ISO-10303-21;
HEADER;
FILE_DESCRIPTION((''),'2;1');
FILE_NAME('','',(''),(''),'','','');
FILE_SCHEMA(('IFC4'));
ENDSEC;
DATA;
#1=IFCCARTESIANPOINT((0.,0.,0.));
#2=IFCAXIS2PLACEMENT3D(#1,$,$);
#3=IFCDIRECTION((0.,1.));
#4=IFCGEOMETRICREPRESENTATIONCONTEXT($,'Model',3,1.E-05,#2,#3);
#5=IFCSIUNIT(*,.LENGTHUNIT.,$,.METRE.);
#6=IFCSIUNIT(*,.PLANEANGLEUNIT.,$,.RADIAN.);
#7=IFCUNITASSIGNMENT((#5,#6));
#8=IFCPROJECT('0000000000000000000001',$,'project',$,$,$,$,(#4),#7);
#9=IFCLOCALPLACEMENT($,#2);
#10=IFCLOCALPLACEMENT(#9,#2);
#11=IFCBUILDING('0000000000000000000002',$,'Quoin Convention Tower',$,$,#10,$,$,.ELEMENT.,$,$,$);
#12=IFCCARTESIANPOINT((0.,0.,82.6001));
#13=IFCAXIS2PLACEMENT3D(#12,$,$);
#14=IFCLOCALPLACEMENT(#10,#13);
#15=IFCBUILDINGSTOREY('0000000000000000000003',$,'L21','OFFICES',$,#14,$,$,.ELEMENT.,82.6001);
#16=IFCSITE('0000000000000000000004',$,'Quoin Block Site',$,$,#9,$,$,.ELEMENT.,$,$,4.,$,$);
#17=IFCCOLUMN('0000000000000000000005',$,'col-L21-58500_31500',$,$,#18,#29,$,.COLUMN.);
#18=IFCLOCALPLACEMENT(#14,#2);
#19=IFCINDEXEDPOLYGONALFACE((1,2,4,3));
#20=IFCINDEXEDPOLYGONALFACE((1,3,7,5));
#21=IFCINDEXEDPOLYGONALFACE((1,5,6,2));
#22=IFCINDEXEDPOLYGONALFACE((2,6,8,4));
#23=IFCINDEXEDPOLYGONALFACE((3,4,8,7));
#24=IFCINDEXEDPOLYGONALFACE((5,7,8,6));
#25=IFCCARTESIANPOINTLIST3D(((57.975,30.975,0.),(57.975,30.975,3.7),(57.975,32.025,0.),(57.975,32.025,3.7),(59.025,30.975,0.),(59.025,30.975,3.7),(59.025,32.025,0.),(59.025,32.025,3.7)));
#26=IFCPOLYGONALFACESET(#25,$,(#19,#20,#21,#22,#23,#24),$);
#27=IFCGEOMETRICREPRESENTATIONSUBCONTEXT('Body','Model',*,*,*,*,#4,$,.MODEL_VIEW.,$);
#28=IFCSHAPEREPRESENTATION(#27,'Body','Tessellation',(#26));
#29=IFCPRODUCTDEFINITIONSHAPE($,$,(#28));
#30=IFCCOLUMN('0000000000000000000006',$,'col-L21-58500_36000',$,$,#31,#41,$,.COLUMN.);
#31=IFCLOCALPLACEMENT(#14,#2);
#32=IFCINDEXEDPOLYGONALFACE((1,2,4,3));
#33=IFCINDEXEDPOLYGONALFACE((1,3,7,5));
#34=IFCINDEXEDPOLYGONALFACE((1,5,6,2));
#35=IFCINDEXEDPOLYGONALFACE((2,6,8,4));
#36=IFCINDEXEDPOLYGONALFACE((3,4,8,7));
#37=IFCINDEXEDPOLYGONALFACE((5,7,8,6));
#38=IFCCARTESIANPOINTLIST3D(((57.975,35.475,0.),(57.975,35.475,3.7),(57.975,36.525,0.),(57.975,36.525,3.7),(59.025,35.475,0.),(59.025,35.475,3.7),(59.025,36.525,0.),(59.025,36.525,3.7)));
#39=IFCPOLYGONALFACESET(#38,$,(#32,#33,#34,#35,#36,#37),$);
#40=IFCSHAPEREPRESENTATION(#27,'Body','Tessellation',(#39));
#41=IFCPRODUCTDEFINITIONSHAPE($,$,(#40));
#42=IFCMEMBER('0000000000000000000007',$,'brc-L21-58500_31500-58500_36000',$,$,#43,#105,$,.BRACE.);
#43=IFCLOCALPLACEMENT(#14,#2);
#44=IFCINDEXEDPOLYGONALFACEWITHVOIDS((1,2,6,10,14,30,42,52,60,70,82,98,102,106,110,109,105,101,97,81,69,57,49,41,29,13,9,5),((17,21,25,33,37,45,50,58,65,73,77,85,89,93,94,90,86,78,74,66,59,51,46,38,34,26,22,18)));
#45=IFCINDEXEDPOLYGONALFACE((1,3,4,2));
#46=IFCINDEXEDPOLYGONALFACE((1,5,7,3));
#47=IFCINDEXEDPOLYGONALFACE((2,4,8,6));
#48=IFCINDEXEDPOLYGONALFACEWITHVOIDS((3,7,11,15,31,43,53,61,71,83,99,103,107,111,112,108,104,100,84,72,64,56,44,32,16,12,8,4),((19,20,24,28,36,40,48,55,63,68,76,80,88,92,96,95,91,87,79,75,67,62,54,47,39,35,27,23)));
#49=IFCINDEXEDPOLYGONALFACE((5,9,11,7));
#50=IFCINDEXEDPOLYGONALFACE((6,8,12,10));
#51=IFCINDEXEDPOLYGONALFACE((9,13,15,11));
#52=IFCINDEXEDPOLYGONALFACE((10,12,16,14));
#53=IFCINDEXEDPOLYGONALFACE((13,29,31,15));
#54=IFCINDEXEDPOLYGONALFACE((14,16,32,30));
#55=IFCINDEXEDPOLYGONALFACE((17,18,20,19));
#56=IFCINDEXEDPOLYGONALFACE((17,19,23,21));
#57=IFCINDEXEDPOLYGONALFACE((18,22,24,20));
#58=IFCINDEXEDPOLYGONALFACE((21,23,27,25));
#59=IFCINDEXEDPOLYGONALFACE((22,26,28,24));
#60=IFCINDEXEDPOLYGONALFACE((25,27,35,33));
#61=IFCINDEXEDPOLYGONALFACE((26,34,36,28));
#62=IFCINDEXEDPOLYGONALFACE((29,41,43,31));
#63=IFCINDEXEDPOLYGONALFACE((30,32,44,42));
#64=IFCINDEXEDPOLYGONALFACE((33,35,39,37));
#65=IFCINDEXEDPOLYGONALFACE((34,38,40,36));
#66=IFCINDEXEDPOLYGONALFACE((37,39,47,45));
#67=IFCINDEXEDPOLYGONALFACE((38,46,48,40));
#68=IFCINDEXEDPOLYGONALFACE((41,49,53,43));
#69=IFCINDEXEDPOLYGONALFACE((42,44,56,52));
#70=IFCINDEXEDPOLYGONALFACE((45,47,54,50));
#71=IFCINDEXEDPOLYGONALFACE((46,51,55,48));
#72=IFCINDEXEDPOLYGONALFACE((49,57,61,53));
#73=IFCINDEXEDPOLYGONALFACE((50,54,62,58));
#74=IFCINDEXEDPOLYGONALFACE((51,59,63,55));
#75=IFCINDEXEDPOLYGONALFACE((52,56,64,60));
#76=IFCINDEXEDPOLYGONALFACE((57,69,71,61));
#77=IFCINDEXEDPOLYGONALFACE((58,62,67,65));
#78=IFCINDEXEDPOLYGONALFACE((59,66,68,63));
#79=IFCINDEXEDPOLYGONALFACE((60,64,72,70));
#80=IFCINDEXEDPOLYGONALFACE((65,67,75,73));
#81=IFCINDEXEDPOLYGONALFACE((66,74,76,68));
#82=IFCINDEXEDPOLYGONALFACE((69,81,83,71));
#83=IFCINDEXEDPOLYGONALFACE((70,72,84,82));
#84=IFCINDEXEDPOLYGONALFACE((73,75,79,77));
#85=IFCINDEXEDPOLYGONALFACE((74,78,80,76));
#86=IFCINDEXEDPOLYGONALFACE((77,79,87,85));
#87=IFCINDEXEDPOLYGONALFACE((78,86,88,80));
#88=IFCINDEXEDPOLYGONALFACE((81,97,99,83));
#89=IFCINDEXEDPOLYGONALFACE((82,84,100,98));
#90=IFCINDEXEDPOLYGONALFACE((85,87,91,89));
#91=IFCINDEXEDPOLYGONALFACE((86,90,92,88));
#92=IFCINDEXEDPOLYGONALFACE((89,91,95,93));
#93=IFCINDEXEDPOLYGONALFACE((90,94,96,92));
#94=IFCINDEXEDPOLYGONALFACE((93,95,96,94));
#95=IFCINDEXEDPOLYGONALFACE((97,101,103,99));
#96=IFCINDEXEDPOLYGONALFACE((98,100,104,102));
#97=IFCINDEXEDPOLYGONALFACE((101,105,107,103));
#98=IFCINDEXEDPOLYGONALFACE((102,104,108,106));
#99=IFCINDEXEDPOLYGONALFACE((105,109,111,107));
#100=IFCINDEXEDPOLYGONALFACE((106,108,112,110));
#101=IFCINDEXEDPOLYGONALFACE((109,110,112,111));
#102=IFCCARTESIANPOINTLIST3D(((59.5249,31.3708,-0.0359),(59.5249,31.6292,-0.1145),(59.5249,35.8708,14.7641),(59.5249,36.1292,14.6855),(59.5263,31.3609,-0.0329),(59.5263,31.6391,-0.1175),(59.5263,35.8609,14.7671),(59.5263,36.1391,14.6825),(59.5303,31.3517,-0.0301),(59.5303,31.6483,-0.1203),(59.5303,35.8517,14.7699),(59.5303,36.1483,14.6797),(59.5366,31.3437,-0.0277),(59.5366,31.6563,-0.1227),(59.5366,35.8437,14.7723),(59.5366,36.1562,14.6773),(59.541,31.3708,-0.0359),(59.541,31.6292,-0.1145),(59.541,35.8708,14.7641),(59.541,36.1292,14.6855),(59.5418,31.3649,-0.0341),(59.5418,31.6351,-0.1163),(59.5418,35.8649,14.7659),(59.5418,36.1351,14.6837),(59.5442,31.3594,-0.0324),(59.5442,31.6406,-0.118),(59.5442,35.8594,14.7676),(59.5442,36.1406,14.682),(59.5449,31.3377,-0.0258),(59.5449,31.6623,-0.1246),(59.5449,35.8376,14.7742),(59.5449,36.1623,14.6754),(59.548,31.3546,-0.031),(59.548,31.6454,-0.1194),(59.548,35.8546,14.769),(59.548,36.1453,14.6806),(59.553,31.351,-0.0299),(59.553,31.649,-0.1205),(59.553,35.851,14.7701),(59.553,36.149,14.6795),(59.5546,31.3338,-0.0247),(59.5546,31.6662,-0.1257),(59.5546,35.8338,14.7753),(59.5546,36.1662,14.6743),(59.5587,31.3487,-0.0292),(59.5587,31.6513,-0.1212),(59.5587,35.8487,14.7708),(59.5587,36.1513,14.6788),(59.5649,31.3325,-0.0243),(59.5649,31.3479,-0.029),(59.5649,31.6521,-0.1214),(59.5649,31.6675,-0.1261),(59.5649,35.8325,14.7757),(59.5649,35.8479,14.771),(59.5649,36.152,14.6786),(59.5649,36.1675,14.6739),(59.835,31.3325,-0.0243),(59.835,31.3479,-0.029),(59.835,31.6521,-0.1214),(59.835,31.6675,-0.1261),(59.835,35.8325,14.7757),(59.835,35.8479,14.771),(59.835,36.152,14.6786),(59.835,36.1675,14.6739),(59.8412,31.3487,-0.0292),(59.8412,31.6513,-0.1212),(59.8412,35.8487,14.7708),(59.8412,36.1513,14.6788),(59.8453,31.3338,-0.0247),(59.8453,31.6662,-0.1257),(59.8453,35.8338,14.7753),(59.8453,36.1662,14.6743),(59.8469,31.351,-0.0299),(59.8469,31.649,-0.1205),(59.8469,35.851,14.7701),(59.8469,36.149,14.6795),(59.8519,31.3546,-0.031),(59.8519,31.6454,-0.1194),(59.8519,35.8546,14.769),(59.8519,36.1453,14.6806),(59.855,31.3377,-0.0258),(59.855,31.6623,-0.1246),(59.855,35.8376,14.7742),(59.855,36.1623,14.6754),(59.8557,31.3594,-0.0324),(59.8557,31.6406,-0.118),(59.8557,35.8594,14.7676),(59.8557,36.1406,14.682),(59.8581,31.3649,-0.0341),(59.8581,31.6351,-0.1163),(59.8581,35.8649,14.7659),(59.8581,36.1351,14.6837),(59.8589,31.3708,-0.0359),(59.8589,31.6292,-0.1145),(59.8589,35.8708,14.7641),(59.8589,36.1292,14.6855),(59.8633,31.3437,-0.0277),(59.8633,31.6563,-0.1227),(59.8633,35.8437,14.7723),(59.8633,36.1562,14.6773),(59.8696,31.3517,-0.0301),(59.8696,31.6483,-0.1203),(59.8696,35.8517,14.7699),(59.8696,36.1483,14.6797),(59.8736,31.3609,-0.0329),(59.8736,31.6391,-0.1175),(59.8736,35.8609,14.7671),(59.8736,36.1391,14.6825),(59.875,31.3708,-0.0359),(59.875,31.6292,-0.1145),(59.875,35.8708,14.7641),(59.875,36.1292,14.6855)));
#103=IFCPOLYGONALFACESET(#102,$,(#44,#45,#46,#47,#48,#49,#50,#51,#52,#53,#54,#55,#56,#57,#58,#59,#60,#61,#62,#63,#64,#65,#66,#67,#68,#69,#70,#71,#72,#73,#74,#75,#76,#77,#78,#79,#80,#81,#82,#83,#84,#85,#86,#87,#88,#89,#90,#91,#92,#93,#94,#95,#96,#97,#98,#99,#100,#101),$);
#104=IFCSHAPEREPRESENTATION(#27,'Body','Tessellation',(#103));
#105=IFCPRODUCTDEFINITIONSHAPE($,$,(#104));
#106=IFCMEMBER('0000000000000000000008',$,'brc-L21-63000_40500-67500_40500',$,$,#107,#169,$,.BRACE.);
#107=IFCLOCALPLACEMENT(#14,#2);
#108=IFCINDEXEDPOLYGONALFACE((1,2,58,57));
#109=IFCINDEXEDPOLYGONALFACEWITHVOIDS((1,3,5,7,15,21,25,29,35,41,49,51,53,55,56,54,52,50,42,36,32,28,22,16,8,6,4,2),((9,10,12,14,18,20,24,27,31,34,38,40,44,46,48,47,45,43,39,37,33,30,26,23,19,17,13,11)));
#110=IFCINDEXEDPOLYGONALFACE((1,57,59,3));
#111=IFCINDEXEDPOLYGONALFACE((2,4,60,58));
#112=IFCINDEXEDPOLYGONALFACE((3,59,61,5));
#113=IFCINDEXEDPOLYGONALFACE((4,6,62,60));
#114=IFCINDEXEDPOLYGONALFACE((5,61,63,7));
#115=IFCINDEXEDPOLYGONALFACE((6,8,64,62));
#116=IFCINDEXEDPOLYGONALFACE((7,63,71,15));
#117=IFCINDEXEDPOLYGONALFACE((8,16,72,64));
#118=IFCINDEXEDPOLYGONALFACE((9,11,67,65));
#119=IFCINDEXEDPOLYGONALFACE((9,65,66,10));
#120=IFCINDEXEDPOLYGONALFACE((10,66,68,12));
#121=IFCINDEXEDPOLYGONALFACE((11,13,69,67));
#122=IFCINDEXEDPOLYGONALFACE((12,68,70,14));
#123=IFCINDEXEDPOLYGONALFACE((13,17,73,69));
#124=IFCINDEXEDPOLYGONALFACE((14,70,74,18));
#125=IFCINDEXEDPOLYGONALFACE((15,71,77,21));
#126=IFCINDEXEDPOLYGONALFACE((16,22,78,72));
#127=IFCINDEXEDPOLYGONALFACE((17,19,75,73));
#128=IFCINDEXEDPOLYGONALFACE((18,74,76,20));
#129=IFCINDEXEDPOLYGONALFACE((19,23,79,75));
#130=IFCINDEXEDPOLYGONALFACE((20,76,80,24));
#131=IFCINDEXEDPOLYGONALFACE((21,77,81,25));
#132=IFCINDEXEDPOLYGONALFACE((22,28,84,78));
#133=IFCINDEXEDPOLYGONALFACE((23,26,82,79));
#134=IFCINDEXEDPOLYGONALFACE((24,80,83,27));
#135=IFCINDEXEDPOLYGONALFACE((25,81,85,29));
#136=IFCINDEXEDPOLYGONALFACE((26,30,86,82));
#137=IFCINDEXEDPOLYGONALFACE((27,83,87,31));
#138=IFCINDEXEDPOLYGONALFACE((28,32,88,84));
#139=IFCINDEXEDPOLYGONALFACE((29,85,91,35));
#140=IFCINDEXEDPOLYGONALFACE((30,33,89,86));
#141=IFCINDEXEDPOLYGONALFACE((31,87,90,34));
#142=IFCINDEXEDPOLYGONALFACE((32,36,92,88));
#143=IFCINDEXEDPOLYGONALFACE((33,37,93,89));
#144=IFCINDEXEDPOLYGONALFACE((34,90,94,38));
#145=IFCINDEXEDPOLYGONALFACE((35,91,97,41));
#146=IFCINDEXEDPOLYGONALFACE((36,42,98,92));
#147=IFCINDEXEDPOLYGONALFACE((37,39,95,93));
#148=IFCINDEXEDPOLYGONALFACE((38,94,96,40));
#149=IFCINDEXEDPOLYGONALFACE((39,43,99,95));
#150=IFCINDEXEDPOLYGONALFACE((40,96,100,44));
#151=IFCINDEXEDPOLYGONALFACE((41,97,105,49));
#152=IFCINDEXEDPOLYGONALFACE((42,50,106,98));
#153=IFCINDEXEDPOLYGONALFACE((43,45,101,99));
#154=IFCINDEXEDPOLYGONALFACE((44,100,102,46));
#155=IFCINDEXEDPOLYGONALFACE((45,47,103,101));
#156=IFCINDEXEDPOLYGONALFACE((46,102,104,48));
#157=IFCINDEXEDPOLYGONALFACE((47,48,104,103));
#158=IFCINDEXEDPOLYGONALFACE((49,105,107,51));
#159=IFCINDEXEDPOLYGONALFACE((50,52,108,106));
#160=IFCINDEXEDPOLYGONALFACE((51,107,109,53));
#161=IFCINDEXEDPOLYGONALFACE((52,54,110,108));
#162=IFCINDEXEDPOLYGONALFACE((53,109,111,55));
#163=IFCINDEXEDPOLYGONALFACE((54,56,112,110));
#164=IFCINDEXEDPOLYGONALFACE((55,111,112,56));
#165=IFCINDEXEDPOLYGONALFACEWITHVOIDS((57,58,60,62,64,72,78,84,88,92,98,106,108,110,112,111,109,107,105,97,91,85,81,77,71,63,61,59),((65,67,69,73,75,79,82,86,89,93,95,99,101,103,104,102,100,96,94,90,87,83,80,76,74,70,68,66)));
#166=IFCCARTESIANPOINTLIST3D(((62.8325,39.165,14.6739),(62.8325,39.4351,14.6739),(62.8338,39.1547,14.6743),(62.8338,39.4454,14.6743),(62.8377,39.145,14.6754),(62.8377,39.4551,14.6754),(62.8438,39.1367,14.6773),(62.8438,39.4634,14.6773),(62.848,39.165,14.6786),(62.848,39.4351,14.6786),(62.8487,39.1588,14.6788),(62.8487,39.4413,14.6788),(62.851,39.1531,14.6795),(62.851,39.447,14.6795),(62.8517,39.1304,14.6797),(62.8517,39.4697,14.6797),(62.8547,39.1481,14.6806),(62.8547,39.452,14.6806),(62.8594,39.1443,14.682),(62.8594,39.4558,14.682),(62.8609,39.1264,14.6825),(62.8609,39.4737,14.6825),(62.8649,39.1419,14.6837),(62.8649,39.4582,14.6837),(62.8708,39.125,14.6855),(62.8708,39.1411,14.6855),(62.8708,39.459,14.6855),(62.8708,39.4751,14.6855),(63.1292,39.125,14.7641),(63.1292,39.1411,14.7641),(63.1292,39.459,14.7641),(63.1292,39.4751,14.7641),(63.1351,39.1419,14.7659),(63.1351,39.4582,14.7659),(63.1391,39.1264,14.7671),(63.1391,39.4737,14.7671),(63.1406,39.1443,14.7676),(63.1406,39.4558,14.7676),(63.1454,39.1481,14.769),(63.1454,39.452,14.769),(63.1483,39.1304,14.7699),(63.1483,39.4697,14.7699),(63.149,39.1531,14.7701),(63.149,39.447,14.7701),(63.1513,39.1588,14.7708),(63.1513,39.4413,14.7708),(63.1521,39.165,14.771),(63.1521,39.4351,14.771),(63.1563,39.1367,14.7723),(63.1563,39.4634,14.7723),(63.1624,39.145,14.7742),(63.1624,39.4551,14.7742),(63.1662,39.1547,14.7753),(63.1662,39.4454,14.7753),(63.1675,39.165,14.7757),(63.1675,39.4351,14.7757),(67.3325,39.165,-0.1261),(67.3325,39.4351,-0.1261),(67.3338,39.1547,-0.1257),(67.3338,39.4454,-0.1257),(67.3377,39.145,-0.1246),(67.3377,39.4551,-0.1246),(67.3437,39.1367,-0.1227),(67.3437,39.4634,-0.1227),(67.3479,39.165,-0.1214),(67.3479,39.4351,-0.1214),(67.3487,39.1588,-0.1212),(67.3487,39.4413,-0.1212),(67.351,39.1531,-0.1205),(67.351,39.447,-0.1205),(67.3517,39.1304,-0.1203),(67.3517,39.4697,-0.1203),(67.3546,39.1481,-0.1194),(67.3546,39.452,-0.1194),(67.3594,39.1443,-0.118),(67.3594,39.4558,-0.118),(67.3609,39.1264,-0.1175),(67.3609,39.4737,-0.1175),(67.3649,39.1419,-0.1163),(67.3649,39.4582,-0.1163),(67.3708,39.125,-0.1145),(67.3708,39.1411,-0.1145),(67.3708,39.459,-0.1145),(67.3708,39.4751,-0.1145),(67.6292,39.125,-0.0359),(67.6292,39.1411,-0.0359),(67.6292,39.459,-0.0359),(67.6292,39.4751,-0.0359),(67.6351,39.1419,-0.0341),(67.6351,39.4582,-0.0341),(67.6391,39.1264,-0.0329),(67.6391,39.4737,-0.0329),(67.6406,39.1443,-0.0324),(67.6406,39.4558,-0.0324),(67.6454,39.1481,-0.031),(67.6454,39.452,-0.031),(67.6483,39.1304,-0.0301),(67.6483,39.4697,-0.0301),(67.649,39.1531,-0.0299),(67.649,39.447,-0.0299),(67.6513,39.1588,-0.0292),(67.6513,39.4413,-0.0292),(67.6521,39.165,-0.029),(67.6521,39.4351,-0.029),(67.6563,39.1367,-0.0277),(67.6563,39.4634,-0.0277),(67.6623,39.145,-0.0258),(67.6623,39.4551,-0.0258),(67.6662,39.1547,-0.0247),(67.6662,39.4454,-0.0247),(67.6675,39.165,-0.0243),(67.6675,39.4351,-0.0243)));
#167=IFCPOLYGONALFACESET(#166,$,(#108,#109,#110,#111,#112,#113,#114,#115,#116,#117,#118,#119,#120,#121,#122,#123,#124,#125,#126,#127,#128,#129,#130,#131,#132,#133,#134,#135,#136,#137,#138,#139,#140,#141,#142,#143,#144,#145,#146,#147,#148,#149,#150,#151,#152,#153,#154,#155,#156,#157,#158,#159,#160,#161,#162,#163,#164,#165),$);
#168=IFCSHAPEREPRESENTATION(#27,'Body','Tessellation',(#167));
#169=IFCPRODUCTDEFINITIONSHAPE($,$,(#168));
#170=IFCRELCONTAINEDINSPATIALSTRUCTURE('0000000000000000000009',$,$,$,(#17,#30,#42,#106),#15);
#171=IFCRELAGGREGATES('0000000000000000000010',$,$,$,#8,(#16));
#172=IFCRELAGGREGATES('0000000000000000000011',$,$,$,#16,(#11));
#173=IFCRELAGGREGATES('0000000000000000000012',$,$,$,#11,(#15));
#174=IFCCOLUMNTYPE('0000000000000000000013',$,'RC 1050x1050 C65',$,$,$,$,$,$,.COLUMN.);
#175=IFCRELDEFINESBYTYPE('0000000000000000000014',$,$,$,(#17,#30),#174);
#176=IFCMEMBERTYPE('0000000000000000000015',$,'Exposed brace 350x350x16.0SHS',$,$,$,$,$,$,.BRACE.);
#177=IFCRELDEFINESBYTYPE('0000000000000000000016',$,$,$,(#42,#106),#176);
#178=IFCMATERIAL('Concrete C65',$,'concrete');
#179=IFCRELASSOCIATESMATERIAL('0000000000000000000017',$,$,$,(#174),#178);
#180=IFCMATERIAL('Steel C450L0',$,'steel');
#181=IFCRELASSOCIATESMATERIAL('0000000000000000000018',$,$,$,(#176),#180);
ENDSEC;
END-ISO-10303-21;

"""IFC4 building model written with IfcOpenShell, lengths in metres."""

from ifc_helpers import new_model, si_unit, direction, frame, origin, origin_2d, place, context, subcontext, project, spatial, rectangle, hollow_rectangle, extrude, material, material_profile, profile_set, type_object, element, save


model = new_model("IFC4")

# Units and contexts
model_context = context("Model", 3, precision=1e-05, world=origin(), true_north=direction((0.0, 1.0)))
body_context = subcontext(model_context, "Body", "Model", "MODEL_VIEW")
ifc_project = project(units=[si_unit("LENGTHUNIT", "METRE"), si_unit("PLANEANGLEUNIT", "RADIAN")], contexts=[model_context])

# Site, building, storey
site_placement = place(None, origin())
site = spatial("IfcSite", under=ifc_project, at=site_placement, Name="Quoin Block Site", CompositionType="ELEMENT", RefElevation=4.0)
building_placement = place(site_placement, origin())
building = spatial("IfcBuilding", under=site, at=building_placement, Name="Quoin Convention Tower", CompositionType="ELEMENT")
storey_placement = place(building_placement, frame((0.0, 0.0, 82.6001)))
storey = spatial("IfcBuildingStorey", under=building, at=storey_placement, Name="L21", Description="OFFICES", CompositionType="ELEMENT", Elevation=82.6001)

# Columns
ifc_material_1 = material(Name="Concrete C65", Category="concrete")
ifc_material_profile_1 = material_profile(ifc_material_1, rectangle(XDim=1.05, YDim=1.05, at=origin_2d()), Name="RC 1050x1050")
ifc_profile_set_1 = profile_set([ifc_material_profile_1], Name="Concrete C65")
column_type = type_object("IfcColumnType", Name="RC 1050x1050 C65", PredefinedType="COLUMN", material=ifc_profile_set_1)
for number, where, z_axis, x_axis, name in (
    (1, (58.5, 31.5, 0.0), (0.0, 0.0, 1.0), (1.0, 0.0, 0.0), "col-L21-58500_31500"),
    (2, (58.5, 36.0, 0.0), (0.0, 0.0, 1.0), (1.0, 0.0, 0.0), "col-L21-58500_36000"),
):
    element("IfcColumn", number, at=place(storey_placement, frame(where, z_axis=z_axis, x_axis=x_axis)), inside=storey, type_object=column_type, Name=name, PredefinedType="COLUMN", context=body_context, shape_type="SweptSolid", body=[
        extrude(rectangle(XDim=1.05, YDim=1.05, at=origin_2d()), origin(), (0.0, 0.0, 1.0), 3.7),
    ])

# Members
ifc_material_2 = material(Name="Steel C450L0", Category="steel")
ifc_material_profile_2 = material_profile(ifc_material_2, hollow_rectangle(XDim=0.3501, YDim=0.3501, WallThickness=0.0161, InnerFilletRadius=0.0239, OuterFilletRadius=0.04, at=origin_2d()), Name="350x350x16.0SHS")
ifc_profile_set_2 = profile_set([ifc_material_profile_2], Name="Steel C450L0")
member_type = type_object("IfcMemberType", Name="Exposed brace 350x350x16.0SHS", PredefinedType="BRACE", material=ifc_profile_set_2)
for number, where, z_axis, x_axis, name in (
    (3, (59.7, 31.5, -0.0752), (0.0, 0.290903, 0.956752), (-1.0, 0.0, 0.0), "brc-L21-58500_31500-58500_36000"),
    (4, (67.5, 39.3, -0.0752), (-0.290903, 0.0, 0.956752), (0.0, -1.0, 0.0), "brc-L21-63000_40500-67500_40500"),
):
    element("IfcMember", number, at=place(storey_placement, frame(where, z_axis=z_axis, x_axis=x_axis)), inside=storey, type_object=member_type, Name=name, PredefinedType="BRACE", context=body_context, shape_type="SweptSolid", body=[
        extrude(hollow_rectangle(XDim=0.3501, YDim=0.3501, WallThickness=0.0161, InnerFilletRadius=0.0239, OuterFilletRadius=0.04, at=origin_2d()), origin(), (0.0, 0.0, 1.0), 15.469),
    ])

save(model, "model.ifc")
